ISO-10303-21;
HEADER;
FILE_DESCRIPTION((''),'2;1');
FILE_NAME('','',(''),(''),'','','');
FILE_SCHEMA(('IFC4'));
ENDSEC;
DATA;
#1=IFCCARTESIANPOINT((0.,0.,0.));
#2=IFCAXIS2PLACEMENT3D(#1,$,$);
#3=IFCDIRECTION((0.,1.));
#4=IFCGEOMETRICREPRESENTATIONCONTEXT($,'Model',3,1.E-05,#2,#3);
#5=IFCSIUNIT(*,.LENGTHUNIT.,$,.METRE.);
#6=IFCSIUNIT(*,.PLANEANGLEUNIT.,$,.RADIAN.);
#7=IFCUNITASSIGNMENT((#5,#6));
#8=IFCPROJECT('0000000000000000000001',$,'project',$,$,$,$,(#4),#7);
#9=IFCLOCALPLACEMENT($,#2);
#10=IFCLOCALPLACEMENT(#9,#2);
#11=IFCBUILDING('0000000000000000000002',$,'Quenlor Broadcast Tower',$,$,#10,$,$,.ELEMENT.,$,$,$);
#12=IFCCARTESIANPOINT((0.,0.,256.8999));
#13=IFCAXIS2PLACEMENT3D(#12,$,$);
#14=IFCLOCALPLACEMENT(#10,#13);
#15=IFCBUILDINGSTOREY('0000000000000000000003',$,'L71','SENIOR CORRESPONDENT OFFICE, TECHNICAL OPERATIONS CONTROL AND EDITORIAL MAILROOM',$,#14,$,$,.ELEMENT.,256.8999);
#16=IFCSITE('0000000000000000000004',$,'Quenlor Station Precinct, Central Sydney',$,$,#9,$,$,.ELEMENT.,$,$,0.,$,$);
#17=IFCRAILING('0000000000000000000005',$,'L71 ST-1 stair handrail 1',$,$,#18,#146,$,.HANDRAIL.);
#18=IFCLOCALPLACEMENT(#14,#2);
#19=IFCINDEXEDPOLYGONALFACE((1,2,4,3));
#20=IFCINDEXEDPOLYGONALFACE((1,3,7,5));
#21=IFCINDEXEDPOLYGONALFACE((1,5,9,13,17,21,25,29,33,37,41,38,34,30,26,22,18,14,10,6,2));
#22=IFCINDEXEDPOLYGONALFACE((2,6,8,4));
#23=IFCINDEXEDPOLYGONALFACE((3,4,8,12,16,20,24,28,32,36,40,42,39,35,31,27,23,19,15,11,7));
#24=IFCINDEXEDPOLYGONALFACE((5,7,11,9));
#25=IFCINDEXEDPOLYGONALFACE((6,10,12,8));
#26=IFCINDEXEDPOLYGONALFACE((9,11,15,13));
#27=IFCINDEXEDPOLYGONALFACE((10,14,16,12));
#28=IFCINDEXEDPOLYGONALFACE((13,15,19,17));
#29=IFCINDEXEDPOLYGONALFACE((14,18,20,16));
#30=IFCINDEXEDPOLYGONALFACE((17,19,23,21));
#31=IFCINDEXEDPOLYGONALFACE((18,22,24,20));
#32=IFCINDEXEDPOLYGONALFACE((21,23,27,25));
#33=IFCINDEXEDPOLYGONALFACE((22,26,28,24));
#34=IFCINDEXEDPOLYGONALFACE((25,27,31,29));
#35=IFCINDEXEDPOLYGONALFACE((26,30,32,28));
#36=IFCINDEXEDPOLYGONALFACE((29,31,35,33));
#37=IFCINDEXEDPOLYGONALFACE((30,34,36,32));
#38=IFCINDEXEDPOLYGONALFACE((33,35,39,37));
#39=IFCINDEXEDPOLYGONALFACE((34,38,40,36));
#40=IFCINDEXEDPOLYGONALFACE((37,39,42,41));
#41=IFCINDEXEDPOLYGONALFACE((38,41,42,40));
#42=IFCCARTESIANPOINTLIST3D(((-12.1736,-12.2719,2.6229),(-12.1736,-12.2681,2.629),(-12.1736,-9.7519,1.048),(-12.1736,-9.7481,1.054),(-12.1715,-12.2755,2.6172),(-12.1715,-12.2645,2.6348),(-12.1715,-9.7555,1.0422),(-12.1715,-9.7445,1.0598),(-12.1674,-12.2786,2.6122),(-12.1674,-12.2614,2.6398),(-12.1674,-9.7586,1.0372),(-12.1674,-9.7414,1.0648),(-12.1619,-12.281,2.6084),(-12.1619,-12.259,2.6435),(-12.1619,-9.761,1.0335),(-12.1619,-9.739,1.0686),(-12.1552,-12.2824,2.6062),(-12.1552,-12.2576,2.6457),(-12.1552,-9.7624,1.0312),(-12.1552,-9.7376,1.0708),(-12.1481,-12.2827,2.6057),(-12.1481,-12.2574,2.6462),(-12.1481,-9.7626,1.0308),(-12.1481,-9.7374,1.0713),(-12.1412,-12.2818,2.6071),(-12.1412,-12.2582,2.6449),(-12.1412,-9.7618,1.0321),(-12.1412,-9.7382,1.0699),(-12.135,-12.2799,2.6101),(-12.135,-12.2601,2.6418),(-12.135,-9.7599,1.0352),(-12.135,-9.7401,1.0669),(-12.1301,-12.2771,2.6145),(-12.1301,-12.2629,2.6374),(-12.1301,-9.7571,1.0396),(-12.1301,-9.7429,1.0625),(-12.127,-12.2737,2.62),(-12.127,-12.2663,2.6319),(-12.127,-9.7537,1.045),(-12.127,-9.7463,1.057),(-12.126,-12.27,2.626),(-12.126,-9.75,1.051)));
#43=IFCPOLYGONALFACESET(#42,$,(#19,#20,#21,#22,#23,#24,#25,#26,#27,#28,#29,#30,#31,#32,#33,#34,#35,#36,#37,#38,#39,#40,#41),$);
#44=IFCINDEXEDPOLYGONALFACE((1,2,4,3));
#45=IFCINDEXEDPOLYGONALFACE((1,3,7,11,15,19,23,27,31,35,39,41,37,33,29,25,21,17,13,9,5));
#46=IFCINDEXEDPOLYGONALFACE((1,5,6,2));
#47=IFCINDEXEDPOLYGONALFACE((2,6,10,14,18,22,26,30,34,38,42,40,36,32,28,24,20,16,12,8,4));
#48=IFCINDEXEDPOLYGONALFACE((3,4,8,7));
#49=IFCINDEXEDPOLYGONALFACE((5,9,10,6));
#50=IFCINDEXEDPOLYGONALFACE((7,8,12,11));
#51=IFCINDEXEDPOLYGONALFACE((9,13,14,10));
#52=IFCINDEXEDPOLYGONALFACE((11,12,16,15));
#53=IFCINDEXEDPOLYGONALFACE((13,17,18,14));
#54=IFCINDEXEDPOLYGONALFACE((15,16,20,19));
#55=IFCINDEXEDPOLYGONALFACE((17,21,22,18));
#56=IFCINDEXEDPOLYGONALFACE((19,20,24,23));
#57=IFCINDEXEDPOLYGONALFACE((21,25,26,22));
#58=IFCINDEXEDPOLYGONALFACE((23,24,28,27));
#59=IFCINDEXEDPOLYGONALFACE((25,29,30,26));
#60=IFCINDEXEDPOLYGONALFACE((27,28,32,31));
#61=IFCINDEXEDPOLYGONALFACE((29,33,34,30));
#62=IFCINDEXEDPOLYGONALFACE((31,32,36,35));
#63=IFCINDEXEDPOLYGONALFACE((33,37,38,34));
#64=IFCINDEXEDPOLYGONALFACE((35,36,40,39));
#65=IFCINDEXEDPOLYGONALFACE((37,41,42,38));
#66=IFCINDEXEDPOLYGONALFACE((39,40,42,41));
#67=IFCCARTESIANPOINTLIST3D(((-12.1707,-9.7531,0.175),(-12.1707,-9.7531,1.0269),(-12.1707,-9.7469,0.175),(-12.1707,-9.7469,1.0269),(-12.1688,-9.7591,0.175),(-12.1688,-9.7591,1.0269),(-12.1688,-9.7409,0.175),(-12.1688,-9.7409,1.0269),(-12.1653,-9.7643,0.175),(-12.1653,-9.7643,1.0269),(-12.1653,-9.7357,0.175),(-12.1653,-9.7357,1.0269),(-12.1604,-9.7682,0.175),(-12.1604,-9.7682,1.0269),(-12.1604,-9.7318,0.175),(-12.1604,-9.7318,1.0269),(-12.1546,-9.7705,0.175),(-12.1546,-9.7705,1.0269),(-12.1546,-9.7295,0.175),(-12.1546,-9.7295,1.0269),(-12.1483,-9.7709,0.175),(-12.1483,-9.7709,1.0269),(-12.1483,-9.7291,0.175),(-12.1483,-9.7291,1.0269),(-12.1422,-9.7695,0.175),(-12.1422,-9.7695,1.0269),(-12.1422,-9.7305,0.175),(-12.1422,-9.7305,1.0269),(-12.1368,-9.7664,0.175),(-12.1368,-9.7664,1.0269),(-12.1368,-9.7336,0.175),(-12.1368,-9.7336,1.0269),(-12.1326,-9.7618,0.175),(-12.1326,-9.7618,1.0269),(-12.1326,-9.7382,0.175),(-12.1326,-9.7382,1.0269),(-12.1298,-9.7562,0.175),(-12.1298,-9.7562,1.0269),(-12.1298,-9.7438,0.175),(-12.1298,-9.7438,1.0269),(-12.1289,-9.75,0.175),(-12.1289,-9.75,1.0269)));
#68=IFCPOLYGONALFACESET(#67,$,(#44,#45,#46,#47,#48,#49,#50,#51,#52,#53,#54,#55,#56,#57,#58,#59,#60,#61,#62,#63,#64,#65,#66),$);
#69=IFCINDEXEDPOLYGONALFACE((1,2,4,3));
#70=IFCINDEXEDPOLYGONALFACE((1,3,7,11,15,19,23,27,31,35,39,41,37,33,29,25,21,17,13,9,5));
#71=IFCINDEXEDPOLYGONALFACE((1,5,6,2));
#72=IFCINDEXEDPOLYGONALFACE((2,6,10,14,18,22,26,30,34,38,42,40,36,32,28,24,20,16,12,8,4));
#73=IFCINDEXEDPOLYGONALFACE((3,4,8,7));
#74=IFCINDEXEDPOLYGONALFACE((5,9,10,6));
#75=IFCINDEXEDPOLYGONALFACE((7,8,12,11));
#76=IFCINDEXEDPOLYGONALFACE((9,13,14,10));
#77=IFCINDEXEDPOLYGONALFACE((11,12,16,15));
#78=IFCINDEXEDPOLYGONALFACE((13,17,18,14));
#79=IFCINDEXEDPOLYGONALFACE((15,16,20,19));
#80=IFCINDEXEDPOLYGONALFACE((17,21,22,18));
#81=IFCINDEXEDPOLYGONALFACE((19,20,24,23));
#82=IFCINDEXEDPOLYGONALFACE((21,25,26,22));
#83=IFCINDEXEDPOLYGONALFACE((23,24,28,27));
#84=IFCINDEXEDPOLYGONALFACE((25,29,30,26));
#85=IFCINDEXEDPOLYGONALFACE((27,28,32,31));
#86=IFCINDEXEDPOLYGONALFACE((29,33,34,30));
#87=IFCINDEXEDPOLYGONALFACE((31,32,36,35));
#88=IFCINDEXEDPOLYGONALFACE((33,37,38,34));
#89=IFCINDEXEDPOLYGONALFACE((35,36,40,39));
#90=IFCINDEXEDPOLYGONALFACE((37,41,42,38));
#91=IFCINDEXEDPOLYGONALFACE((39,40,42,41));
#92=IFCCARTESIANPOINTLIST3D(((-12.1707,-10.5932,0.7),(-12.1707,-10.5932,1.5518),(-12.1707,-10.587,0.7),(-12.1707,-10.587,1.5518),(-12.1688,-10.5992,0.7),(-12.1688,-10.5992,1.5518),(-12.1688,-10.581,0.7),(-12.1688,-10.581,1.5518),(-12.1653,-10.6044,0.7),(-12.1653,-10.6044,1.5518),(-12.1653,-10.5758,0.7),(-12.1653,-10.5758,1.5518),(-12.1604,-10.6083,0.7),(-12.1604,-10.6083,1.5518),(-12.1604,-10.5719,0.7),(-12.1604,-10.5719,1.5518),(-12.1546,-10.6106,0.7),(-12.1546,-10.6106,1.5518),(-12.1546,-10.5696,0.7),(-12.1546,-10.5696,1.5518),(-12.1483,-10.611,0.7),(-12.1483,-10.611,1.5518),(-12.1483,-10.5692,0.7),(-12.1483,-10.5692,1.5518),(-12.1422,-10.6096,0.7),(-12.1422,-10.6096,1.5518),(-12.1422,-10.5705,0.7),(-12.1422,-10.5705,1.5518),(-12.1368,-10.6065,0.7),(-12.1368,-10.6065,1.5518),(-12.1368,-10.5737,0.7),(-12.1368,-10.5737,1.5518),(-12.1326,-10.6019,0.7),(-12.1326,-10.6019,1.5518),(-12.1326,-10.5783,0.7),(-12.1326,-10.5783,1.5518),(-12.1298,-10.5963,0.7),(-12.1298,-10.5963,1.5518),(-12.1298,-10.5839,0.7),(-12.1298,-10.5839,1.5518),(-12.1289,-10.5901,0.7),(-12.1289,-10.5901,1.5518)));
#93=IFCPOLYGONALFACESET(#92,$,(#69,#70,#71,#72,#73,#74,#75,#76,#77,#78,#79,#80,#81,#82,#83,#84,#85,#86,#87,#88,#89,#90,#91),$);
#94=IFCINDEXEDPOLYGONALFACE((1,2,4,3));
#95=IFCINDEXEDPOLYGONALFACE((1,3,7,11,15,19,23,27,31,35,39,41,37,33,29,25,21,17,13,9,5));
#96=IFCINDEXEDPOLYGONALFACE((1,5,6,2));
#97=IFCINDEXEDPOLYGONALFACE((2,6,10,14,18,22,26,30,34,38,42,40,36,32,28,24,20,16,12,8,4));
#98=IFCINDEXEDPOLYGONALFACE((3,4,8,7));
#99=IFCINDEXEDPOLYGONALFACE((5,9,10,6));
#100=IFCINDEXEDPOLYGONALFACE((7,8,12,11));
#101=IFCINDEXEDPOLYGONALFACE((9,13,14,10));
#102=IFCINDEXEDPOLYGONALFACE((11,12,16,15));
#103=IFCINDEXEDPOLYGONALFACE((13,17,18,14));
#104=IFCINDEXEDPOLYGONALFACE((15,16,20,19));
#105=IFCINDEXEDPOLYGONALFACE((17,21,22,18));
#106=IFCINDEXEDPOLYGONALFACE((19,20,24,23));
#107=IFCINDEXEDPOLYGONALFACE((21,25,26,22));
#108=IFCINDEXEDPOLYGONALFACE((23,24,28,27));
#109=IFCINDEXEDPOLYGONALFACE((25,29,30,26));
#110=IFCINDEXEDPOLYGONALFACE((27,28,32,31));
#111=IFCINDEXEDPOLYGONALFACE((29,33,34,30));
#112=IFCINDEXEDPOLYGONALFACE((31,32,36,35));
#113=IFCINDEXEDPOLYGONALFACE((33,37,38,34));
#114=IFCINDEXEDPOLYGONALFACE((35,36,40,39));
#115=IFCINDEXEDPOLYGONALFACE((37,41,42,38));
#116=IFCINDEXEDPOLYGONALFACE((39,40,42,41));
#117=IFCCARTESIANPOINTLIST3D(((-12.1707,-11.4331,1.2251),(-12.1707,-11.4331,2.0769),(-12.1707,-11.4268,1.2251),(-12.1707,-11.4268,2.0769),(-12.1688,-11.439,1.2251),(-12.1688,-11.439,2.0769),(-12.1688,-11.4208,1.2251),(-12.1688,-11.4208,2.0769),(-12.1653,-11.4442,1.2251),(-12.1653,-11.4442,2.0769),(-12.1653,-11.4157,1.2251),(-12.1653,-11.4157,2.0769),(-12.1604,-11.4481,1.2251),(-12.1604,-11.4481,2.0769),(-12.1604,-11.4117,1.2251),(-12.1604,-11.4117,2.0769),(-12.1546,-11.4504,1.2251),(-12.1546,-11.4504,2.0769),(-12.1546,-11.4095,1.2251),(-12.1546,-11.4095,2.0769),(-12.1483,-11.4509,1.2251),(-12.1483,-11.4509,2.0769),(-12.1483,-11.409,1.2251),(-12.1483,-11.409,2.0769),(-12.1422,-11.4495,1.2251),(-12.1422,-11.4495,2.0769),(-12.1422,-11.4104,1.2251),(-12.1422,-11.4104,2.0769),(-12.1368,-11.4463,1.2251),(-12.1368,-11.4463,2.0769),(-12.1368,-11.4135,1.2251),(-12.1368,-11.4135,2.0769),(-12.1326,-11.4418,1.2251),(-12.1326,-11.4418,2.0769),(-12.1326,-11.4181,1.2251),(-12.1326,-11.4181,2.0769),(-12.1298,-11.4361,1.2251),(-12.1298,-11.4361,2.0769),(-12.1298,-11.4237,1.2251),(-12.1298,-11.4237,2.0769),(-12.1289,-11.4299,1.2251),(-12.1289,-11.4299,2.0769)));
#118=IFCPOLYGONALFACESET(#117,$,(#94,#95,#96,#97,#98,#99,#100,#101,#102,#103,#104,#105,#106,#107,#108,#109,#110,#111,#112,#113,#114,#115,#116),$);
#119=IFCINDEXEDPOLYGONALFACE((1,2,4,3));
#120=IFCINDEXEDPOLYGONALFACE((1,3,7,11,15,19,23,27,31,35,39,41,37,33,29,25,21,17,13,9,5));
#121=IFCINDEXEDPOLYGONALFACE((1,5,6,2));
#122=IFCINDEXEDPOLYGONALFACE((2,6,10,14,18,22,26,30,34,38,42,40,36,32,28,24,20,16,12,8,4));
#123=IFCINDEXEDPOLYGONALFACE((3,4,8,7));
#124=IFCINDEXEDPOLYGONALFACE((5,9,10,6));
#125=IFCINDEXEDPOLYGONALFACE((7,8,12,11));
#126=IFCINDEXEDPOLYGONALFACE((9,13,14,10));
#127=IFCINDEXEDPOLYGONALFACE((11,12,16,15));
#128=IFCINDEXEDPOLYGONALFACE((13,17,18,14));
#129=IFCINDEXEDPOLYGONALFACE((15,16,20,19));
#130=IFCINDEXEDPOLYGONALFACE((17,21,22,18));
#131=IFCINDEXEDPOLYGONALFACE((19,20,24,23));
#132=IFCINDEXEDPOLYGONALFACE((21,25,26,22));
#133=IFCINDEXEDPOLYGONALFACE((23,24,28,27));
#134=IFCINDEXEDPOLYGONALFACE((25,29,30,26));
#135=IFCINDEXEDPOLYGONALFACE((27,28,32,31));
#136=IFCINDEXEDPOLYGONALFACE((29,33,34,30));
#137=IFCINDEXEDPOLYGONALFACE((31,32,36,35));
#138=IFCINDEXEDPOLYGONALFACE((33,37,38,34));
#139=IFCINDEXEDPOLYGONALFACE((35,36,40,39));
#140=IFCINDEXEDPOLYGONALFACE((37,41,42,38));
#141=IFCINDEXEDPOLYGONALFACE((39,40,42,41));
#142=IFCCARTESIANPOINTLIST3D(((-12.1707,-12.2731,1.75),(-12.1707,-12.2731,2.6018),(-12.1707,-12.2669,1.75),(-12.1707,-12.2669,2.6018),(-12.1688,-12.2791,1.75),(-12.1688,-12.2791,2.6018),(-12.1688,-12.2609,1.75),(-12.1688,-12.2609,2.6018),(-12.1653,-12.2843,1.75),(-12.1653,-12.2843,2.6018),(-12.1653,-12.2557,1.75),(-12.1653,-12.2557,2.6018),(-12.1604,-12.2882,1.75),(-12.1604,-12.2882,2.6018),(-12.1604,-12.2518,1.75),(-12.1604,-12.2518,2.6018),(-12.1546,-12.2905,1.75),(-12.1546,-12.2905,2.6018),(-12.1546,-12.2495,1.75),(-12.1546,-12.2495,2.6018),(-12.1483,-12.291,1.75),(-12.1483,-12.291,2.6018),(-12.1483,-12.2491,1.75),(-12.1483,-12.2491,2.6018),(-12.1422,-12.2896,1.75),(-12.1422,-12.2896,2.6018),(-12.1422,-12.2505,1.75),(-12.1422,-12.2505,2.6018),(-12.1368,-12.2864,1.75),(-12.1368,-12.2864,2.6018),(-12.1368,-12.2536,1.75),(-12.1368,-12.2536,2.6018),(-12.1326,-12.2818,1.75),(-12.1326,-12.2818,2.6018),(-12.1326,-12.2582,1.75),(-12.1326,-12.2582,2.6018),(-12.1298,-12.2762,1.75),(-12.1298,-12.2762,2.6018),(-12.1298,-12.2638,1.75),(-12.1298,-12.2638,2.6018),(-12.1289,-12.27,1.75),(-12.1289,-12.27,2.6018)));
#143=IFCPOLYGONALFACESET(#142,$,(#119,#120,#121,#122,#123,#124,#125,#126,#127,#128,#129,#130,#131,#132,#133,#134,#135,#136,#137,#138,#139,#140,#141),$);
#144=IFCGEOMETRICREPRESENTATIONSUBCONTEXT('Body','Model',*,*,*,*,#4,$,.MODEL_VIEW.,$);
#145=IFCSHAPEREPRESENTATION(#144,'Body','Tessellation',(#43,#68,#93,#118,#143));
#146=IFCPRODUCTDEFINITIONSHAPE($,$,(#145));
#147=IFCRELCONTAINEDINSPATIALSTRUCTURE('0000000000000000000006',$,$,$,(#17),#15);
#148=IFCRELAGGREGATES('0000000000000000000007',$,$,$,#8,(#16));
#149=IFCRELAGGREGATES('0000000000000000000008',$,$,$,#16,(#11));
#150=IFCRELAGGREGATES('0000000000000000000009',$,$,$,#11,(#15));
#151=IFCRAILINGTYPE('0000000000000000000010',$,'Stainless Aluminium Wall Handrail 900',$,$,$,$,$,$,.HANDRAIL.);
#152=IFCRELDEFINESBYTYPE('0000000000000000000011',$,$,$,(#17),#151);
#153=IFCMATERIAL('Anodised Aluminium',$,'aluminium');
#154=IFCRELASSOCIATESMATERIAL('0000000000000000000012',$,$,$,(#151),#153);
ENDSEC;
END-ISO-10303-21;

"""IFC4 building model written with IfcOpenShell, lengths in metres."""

from ifc_helpers import new_model, si_unit, direction, frame, origin, origin_2d, place, context, subcontext, project, spatial, circle, extrude, material, type_object, element, save


model = new_model("IFC4")

# Units and contexts
model_context = context("Model", 3, precision=1e-05, world=origin(), true_north=direction((0.0, 1.0)))
body_context = subcontext(model_context, "Body", "Model", "MODEL_VIEW")
ifc_project = project(units=[si_unit("LENGTHUNIT", "METRE"), si_unit("PLANEANGLEUNIT", "RADIAN")], contexts=[model_context])

# Site, building, storey
site_placement = place(None, origin())
site = spatial("IfcSite", under=ifc_project, at=site_placement, Name="Quenlor Station Precinct, Central Sydney", CompositionType="ELEMENT", RefElevation=0.0)
building_placement = place(site_placement, origin())
building = spatial("IfcBuilding", under=site, at=building_placement, Name="Quenlor Broadcast Tower", CompositionType="ELEMENT")
storey_placement = place(building_placement, frame((0.0, 0.0, 256.8999)))
storey = spatial("IfcBuildingStorey", under=building, at=storey_placement, Name="L71", Description="SENIOR CORRESPONDENT OFFICE, TECHNICAL OPERATIONS CONTROL AND EDITORIAL MAILROOM", CompositionType="ELEMENT", Elevation=256.8999)

# Railing
ifc_material_1 = material(Name="Anodised Aluminium", Category="aluminium")
railing_type = type_object("IfcRailingType", Name="Stainless Aluminium Wall Handrail 900", PredefinedType="HANDRAIL", material=ifc_material_1)
railing_placement = place(storey_placement, frame((-12.1499, -9.75, 0.175)))
element("IfcRailing", 1, at=railing_placement, inside=storey, type_object=railing_type, Name="L71 ST-1 stair handrail 1", PredefinedType="HANDRAIL", context=body_context, shape_type="SweptSolid", body=[
    extrude(circle(Radius=0.0239, at=origin_2d()), frame((0.0, 0.0, 0.876), z_axis=(0.0, -0.848008, 0.529984), x_axis=(1.0, 0.0, 0.0)), (0.0, 0.0, 1.0), 2.9717),
    extrude(circle(Radius=0.021, at=origin_2d()), origin(), (0.0, 0.0, 1.0), 0.8518),
    extrude(circle(Radius=0.021, at=origin_2d()), frame((0.0, -0.8401, 0.5249)), (0.0, 0.0, 1.0), 0.8518),
    extrude(circle(Radius=0.021, at=origin_2d()), frame((0.0, -1.6799, 1.05)), (0.0, 0.0, 1.0), 0.8518),
    extrude(circle(Radius=0.021, at=origin_2d()), frame((0.0, -2.52, 1.575)), (0.0, 0.0, 1.0), 0.8518),
])

save(model, "model.ifc")
